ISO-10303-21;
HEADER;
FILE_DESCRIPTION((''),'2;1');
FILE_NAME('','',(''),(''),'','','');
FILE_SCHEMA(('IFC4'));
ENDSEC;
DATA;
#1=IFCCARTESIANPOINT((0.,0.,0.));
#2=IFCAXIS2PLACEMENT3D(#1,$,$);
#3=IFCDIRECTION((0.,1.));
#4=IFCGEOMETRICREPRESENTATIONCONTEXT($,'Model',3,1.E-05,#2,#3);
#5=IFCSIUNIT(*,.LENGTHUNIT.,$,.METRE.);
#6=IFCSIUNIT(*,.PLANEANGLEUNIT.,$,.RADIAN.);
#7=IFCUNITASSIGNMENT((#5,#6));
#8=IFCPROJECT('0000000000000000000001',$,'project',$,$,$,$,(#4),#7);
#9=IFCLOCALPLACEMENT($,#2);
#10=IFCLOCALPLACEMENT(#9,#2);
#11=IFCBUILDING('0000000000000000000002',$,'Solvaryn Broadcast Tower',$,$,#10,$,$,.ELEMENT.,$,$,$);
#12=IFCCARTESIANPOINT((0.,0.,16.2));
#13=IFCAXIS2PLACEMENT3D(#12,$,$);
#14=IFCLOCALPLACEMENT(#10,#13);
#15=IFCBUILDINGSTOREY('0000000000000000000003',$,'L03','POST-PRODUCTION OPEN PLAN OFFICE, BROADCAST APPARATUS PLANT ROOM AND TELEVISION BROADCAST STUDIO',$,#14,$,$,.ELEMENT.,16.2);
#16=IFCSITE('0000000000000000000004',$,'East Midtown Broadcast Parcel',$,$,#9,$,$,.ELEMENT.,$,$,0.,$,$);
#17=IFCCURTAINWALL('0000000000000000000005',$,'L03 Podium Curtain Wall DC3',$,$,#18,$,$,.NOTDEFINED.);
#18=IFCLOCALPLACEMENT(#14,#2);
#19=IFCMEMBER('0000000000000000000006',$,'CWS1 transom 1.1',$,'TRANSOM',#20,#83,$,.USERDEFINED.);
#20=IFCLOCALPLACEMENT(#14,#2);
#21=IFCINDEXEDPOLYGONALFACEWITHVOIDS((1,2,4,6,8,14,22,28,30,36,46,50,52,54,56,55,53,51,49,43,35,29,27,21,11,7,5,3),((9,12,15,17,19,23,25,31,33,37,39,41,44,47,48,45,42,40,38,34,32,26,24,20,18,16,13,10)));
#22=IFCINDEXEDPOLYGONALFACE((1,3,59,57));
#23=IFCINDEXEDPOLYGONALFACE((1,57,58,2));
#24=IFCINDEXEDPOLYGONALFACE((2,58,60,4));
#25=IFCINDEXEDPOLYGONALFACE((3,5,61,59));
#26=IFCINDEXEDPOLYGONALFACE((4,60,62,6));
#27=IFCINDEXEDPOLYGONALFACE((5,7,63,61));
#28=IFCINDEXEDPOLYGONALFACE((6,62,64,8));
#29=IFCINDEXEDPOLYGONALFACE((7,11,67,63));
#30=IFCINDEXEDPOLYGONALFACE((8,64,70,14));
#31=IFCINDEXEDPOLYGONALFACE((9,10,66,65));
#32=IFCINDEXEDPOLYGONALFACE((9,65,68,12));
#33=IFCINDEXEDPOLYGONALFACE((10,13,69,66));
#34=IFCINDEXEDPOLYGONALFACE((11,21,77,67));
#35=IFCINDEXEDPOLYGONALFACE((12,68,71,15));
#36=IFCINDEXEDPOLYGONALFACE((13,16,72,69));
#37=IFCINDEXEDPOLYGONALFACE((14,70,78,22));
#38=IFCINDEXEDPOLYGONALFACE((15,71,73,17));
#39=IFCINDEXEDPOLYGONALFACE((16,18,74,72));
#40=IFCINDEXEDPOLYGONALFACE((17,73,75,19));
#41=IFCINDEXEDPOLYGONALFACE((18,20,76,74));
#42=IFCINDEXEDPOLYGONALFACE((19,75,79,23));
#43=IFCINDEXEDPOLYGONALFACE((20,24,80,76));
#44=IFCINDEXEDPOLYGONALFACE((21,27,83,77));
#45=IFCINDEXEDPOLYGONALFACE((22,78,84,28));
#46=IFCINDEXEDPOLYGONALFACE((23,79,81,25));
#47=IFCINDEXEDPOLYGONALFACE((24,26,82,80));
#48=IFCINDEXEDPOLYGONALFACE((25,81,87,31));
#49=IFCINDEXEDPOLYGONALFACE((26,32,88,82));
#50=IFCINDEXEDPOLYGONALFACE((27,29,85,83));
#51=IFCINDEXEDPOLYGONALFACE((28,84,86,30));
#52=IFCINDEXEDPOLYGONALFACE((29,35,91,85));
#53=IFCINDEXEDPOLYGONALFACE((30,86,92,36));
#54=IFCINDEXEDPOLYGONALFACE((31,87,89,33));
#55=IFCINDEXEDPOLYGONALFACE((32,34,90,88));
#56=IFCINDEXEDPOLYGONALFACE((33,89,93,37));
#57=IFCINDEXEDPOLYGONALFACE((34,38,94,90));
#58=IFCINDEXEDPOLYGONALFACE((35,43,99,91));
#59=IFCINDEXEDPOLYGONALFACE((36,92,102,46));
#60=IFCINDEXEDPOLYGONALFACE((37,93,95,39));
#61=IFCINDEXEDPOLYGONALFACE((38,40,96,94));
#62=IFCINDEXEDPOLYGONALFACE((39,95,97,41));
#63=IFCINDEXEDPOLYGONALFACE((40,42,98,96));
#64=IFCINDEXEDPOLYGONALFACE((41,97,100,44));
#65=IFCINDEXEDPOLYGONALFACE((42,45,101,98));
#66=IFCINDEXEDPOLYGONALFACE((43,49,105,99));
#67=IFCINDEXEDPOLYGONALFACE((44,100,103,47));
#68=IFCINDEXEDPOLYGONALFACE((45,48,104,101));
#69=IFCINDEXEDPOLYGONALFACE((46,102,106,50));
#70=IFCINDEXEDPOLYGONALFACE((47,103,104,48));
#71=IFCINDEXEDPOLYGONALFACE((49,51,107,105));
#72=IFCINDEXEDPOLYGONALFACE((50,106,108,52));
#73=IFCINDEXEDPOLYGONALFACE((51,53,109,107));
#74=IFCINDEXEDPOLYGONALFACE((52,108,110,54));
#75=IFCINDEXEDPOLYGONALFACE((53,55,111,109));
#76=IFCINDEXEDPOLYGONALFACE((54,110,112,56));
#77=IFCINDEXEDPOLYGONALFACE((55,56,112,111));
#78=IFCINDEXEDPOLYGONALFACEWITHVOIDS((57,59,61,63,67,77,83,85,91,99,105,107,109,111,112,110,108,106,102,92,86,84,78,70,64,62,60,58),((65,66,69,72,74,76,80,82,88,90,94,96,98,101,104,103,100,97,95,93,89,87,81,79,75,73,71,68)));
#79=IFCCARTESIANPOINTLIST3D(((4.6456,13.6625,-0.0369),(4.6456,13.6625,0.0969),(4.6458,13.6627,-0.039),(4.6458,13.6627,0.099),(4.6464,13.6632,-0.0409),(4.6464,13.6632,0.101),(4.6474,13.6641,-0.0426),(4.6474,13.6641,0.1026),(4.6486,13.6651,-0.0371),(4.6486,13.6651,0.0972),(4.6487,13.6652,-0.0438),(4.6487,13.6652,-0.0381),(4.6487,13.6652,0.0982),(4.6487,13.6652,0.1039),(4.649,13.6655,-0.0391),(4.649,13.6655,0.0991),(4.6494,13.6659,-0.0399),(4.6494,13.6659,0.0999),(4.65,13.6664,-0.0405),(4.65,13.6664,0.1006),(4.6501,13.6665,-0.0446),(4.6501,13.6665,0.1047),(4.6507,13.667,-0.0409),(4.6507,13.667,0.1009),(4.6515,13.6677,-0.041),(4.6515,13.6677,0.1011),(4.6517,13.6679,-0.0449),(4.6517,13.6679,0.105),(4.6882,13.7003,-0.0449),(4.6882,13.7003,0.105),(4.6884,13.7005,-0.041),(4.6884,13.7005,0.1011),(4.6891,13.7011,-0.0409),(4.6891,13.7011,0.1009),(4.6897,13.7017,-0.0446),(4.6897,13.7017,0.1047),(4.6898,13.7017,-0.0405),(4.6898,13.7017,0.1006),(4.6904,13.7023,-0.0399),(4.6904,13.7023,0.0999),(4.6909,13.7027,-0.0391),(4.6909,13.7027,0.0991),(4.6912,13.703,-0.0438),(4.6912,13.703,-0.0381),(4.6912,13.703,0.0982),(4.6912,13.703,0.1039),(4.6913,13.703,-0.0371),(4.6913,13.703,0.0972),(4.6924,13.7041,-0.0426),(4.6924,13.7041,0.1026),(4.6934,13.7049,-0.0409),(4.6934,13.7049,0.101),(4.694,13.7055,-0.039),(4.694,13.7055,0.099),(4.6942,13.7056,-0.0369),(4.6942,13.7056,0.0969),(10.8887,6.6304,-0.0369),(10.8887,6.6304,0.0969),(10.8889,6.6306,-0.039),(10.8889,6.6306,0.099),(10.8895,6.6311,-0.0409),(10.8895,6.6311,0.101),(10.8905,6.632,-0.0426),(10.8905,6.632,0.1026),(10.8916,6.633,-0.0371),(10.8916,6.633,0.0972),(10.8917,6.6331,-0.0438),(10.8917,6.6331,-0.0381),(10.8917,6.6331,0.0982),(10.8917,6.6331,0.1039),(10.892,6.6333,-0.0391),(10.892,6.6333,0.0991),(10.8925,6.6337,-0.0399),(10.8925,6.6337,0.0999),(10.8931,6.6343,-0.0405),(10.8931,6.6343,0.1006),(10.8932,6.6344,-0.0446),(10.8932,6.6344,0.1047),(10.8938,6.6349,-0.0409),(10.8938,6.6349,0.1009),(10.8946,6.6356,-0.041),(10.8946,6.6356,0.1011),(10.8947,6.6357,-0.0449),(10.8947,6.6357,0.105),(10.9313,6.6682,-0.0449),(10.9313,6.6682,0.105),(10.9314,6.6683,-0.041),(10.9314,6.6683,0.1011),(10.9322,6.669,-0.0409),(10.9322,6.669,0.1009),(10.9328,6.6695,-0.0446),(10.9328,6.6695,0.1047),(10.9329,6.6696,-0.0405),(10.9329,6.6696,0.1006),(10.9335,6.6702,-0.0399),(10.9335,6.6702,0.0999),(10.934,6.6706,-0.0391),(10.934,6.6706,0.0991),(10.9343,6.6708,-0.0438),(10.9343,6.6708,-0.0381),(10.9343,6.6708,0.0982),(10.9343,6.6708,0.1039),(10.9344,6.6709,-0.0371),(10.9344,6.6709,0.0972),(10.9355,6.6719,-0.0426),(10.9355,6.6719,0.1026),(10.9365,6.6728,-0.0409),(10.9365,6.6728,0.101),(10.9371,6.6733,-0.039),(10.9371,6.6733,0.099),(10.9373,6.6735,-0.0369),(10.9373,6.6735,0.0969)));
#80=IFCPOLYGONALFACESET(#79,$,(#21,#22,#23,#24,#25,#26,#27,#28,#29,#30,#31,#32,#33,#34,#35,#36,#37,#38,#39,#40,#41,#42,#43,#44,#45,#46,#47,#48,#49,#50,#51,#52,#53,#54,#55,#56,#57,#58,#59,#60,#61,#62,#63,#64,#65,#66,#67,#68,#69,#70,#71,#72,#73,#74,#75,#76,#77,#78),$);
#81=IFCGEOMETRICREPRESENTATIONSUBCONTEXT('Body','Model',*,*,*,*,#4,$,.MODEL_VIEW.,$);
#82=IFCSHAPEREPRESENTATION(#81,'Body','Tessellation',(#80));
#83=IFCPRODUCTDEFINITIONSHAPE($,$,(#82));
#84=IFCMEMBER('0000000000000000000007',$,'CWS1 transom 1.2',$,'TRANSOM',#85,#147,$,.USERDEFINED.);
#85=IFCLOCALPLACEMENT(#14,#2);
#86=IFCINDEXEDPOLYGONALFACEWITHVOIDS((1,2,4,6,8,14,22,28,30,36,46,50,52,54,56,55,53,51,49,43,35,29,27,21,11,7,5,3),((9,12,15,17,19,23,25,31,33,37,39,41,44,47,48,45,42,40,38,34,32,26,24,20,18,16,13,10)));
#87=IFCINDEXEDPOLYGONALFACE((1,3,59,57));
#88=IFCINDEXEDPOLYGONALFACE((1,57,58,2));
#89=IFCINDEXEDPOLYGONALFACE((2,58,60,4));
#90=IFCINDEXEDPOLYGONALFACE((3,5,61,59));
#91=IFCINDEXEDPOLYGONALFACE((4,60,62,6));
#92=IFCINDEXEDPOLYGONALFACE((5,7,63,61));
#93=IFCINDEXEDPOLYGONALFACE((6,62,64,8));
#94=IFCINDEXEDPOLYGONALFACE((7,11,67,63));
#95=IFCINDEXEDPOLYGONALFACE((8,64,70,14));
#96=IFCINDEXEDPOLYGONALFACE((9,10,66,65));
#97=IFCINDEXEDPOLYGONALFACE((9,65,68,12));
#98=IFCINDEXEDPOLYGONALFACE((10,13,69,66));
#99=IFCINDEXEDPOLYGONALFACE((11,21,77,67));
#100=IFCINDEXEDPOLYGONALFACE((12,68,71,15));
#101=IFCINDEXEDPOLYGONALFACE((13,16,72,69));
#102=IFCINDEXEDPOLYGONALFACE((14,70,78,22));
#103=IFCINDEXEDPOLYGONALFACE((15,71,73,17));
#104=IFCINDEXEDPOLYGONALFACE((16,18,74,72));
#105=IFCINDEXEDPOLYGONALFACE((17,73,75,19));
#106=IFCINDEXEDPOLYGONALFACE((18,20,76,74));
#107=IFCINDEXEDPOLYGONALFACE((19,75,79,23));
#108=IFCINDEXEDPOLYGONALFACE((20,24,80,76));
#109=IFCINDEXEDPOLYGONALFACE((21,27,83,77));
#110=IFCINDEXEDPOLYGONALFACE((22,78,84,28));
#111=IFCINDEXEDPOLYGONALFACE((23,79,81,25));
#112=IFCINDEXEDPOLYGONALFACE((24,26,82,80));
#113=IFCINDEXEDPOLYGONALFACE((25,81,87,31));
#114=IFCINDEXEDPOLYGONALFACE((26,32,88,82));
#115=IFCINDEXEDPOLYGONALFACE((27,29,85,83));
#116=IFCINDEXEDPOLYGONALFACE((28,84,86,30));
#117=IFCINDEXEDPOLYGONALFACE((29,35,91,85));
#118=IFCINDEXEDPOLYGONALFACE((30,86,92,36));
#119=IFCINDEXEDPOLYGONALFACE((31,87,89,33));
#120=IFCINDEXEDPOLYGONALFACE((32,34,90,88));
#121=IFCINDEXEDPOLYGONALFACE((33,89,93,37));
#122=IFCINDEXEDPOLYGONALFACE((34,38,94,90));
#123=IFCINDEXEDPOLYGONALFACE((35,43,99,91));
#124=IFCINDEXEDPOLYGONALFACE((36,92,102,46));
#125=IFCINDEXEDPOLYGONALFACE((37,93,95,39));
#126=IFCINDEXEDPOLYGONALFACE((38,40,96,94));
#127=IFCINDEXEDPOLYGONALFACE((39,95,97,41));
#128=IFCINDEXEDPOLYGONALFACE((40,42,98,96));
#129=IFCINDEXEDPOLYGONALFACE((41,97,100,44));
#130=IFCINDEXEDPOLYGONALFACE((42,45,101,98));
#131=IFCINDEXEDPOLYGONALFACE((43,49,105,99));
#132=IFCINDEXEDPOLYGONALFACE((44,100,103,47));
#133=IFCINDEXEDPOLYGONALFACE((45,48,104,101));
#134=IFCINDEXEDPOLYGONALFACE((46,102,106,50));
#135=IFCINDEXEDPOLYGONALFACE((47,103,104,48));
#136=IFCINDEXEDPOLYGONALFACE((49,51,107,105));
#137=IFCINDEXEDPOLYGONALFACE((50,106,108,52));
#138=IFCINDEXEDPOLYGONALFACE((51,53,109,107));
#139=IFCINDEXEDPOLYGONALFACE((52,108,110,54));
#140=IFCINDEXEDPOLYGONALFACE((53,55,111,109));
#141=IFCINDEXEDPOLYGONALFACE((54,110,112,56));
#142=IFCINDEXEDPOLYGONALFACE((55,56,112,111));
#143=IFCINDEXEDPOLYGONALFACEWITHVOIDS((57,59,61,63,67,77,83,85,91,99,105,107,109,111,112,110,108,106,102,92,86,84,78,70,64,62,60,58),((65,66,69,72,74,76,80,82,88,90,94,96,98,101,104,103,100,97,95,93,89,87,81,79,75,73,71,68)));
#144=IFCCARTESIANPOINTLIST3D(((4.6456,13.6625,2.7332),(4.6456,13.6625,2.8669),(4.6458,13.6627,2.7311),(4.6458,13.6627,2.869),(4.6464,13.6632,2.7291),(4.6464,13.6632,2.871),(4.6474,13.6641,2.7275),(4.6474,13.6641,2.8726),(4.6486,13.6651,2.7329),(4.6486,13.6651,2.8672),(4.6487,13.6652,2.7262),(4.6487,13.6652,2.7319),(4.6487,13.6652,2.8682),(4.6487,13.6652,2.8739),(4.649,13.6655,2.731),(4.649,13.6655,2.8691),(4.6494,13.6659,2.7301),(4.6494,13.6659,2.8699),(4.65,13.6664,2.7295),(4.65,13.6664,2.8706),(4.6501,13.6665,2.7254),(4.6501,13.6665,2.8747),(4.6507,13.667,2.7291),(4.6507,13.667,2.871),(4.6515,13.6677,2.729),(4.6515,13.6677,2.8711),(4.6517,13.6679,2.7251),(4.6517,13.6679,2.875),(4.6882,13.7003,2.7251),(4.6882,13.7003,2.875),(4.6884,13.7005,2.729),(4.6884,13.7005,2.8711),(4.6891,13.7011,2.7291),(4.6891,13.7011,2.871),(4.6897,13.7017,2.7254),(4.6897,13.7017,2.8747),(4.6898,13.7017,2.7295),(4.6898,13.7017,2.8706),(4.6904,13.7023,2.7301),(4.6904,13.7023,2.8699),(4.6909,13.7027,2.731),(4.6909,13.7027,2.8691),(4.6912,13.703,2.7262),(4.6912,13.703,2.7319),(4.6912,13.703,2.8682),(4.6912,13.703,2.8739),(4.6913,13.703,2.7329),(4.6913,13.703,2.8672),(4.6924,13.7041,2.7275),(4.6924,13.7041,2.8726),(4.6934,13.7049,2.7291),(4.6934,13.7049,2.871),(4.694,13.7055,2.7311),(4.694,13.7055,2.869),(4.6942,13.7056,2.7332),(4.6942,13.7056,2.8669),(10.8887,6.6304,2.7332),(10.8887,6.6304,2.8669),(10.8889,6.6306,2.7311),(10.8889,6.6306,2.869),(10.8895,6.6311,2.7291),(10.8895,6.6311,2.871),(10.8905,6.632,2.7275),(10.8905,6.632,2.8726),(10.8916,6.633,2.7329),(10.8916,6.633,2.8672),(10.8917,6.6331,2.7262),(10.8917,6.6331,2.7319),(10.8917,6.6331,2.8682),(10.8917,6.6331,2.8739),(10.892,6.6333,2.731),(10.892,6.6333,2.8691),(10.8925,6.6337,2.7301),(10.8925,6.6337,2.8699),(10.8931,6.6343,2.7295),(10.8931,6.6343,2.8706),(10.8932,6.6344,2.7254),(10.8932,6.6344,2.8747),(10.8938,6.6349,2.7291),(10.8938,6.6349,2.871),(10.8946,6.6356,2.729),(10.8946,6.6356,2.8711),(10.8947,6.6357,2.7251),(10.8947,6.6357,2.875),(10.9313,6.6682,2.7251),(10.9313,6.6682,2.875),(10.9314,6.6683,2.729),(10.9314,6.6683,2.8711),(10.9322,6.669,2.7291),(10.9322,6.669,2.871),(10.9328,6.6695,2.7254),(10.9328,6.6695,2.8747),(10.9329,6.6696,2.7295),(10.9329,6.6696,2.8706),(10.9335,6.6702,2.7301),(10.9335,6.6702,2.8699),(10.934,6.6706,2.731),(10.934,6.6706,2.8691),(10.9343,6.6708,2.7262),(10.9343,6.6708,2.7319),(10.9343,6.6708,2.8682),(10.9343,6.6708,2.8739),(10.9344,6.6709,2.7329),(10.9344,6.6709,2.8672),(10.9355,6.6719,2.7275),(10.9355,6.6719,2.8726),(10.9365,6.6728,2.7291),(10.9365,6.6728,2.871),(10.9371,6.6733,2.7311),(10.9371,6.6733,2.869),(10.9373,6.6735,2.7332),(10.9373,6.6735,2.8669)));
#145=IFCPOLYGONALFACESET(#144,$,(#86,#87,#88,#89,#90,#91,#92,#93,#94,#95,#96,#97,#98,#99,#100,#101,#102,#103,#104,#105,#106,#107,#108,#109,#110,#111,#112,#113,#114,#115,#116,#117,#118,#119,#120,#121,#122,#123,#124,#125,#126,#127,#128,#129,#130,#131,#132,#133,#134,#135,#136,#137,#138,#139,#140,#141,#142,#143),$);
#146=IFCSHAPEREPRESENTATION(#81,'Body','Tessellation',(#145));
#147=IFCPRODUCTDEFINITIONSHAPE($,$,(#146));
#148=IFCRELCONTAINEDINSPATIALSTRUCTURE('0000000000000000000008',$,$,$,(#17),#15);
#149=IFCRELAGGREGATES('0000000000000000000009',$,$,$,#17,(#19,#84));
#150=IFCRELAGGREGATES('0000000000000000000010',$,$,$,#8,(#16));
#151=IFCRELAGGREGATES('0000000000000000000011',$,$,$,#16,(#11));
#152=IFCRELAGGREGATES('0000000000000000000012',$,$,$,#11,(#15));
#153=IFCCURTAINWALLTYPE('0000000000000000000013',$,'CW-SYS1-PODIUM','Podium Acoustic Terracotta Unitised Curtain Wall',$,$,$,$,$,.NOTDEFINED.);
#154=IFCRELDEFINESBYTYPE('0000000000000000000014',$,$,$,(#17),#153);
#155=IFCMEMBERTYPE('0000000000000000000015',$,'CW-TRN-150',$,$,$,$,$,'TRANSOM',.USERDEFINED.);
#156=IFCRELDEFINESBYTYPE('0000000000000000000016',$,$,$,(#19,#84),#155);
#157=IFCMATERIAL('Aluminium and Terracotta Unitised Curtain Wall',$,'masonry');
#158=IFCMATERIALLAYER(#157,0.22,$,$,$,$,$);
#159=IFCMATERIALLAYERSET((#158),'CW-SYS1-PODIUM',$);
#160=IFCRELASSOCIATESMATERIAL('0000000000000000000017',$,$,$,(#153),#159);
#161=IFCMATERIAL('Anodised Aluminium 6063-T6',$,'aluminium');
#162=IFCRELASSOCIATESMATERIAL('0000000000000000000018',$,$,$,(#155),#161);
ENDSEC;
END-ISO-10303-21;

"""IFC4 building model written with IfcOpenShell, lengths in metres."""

from ifc_helpers import new_model, si_unit, direction, frame, origin, origin_2d, place, context, subcontext, project, spatial, hollow_rectangle, extrude, material, layer, layer_set, material_profile, profile_set, type_object, element, aggregate, save


model = new_model("IFC4")

# Units and contexts
model_context = context("Model", 3, precision=1e-05, world=origin(), true_north=direction((0.0, 1.0)))
body_context = subcontext(model_context, "Body", "Model", "MODEL_VIEW")
ifc_project = project(units=[si_unit("LENGTHUNIT", "METRE"), si_unit("PLANEANGLEUNIT", "RADIAN")], contexts=[model_context])

# Site, building, storey
site_placement = place(None, origin())
site = spatial("IfcSite", under=ifc_project, at=site_placement, Name="East Midtown Broadcast Parcel", CompositionType="ELEMENT", RefElevation=0.0)
building_placement = place(site_placement, origin())
building = spatial("IfcBuilding", under=site, at=building_placement, Name="Solvaryn Broadcast Tower", CompositionType="ELEMENT")
storey_placement = place(building_placement, frame((0.0, 0.0, 16.2)))
storey = spatial("IfcBuildingStorey", under=building, at=storey_placement, Name="L03", Description="POST-PRODUCTION OPEN PLAN OFFICE, BROADCAST APPARATUS PLANT ROOM AND TELEVISION BROADCAST STUDIO", CompositionType="ELEMENT", Elevation=16.2)

# Shared definitions
ifc_material_1 = material(Name="Aluminium and Terracotta Unitised Curtain Wall", Category="masonry")
ifc_layer_1 = layer(ifc_material_1, 0.22)
ifc_layer_set_1 = layer_set([ifc_layer_1], Name="CW-SYS1-PODIUM")
curtain_wall_type = type_object("IfcCurtainWallType", Name="CW-SYS1-PODIUM", Description="Podium Acoustic Terracotta Unitised Curtain Wall", PredefinedType="NOTDEFINED", material=ifc_layer_set_1)

# Curtain wall
curtain_wall_1_placement = place(storey_placement, origin())
curtain_wall_1 = element("IfcCurtainWall", 1, at=curtain_wall_1_placement, inside=storey, type_object=curtain_wall_type, Name="L03 Podium Curtain Wall DC3", PredefinedType="NOTDEFINED")

# Members
ifc_material_2 = material(Name="Anodised Aluminium 6063-T6", Category="aluminium")
ifc_material_profile_1 = material_profile(ifc_material_2, hollow_rectangle(XDim=0.0649, YDim=0.1499, WallThickness=0.0039, InnerFilletRadius=0.0039, OuterFilletRadius=0.0081, at=origin_2d()))
ifc_profile_set_1 = profile_set([ifc_material_profile_1], Name="Anodised Aluminium 6063-T6")
member_type_1 = type_object("IfcMemberType", Name="CW-TRN-150", ElementType="TRANSOM", PredefinedType="USERDEFINED", material=ifc_profile_set_1)
member_1_placement = place(storey_placement, frame((4.6699, 13.6841, 0.03), z_axis=(0.663906, -0.747816, 0.0), x_axis=(0.747816, 0.663906, 0.0)))
member_1 = element("IfcMember", 2, at=member_1_placement, type_object=member_type_1, Name="CWS1 transom 1.1", ObjectType="TRANSOM", PredefinedType="USERDEFINED", context=body_context, shape_type="SweptSolid", body=[
    extrude(hollow_rectangle(XDim=0.0649, YDim=0.1499, WallThickness=0.0039, InnerFilletRadius=0.0039, OuterFilletRadius=0.0081, at=origin_2d()), origin(), (0.0, 0.0, 1.0), 9.4036),
])
member_2_placement = place(storey_placement, frame((4.6699, 13.6841, 2.8), z_axis=(0.663906, -0.747816, 0.0), x_axis=(0.747816, 0.663906, 0.0)))
member_2 = element("IfcMember", 3, at=member_2_placement, type_object=member_type_1, Name="CWS1 transom 1.2", ObjectType="TRANSOM", PredefinedType="USERDEFINED", context=body_context, shape_type="SweptSolid", body=[
    extrude(hollow_rectangle(XDim=0.0649, YDim=0.1499, WallThickness=0.0039, InnerFilletRadius=0.0039, OuterFilletRadius=0.0081, at=origin_2d()), origin(), (0.0, 0.0, 1.0), 9.4036),
])
aggregate(curtain_wall_1, [member_1, member_2])

save(model, "model.ifc")
